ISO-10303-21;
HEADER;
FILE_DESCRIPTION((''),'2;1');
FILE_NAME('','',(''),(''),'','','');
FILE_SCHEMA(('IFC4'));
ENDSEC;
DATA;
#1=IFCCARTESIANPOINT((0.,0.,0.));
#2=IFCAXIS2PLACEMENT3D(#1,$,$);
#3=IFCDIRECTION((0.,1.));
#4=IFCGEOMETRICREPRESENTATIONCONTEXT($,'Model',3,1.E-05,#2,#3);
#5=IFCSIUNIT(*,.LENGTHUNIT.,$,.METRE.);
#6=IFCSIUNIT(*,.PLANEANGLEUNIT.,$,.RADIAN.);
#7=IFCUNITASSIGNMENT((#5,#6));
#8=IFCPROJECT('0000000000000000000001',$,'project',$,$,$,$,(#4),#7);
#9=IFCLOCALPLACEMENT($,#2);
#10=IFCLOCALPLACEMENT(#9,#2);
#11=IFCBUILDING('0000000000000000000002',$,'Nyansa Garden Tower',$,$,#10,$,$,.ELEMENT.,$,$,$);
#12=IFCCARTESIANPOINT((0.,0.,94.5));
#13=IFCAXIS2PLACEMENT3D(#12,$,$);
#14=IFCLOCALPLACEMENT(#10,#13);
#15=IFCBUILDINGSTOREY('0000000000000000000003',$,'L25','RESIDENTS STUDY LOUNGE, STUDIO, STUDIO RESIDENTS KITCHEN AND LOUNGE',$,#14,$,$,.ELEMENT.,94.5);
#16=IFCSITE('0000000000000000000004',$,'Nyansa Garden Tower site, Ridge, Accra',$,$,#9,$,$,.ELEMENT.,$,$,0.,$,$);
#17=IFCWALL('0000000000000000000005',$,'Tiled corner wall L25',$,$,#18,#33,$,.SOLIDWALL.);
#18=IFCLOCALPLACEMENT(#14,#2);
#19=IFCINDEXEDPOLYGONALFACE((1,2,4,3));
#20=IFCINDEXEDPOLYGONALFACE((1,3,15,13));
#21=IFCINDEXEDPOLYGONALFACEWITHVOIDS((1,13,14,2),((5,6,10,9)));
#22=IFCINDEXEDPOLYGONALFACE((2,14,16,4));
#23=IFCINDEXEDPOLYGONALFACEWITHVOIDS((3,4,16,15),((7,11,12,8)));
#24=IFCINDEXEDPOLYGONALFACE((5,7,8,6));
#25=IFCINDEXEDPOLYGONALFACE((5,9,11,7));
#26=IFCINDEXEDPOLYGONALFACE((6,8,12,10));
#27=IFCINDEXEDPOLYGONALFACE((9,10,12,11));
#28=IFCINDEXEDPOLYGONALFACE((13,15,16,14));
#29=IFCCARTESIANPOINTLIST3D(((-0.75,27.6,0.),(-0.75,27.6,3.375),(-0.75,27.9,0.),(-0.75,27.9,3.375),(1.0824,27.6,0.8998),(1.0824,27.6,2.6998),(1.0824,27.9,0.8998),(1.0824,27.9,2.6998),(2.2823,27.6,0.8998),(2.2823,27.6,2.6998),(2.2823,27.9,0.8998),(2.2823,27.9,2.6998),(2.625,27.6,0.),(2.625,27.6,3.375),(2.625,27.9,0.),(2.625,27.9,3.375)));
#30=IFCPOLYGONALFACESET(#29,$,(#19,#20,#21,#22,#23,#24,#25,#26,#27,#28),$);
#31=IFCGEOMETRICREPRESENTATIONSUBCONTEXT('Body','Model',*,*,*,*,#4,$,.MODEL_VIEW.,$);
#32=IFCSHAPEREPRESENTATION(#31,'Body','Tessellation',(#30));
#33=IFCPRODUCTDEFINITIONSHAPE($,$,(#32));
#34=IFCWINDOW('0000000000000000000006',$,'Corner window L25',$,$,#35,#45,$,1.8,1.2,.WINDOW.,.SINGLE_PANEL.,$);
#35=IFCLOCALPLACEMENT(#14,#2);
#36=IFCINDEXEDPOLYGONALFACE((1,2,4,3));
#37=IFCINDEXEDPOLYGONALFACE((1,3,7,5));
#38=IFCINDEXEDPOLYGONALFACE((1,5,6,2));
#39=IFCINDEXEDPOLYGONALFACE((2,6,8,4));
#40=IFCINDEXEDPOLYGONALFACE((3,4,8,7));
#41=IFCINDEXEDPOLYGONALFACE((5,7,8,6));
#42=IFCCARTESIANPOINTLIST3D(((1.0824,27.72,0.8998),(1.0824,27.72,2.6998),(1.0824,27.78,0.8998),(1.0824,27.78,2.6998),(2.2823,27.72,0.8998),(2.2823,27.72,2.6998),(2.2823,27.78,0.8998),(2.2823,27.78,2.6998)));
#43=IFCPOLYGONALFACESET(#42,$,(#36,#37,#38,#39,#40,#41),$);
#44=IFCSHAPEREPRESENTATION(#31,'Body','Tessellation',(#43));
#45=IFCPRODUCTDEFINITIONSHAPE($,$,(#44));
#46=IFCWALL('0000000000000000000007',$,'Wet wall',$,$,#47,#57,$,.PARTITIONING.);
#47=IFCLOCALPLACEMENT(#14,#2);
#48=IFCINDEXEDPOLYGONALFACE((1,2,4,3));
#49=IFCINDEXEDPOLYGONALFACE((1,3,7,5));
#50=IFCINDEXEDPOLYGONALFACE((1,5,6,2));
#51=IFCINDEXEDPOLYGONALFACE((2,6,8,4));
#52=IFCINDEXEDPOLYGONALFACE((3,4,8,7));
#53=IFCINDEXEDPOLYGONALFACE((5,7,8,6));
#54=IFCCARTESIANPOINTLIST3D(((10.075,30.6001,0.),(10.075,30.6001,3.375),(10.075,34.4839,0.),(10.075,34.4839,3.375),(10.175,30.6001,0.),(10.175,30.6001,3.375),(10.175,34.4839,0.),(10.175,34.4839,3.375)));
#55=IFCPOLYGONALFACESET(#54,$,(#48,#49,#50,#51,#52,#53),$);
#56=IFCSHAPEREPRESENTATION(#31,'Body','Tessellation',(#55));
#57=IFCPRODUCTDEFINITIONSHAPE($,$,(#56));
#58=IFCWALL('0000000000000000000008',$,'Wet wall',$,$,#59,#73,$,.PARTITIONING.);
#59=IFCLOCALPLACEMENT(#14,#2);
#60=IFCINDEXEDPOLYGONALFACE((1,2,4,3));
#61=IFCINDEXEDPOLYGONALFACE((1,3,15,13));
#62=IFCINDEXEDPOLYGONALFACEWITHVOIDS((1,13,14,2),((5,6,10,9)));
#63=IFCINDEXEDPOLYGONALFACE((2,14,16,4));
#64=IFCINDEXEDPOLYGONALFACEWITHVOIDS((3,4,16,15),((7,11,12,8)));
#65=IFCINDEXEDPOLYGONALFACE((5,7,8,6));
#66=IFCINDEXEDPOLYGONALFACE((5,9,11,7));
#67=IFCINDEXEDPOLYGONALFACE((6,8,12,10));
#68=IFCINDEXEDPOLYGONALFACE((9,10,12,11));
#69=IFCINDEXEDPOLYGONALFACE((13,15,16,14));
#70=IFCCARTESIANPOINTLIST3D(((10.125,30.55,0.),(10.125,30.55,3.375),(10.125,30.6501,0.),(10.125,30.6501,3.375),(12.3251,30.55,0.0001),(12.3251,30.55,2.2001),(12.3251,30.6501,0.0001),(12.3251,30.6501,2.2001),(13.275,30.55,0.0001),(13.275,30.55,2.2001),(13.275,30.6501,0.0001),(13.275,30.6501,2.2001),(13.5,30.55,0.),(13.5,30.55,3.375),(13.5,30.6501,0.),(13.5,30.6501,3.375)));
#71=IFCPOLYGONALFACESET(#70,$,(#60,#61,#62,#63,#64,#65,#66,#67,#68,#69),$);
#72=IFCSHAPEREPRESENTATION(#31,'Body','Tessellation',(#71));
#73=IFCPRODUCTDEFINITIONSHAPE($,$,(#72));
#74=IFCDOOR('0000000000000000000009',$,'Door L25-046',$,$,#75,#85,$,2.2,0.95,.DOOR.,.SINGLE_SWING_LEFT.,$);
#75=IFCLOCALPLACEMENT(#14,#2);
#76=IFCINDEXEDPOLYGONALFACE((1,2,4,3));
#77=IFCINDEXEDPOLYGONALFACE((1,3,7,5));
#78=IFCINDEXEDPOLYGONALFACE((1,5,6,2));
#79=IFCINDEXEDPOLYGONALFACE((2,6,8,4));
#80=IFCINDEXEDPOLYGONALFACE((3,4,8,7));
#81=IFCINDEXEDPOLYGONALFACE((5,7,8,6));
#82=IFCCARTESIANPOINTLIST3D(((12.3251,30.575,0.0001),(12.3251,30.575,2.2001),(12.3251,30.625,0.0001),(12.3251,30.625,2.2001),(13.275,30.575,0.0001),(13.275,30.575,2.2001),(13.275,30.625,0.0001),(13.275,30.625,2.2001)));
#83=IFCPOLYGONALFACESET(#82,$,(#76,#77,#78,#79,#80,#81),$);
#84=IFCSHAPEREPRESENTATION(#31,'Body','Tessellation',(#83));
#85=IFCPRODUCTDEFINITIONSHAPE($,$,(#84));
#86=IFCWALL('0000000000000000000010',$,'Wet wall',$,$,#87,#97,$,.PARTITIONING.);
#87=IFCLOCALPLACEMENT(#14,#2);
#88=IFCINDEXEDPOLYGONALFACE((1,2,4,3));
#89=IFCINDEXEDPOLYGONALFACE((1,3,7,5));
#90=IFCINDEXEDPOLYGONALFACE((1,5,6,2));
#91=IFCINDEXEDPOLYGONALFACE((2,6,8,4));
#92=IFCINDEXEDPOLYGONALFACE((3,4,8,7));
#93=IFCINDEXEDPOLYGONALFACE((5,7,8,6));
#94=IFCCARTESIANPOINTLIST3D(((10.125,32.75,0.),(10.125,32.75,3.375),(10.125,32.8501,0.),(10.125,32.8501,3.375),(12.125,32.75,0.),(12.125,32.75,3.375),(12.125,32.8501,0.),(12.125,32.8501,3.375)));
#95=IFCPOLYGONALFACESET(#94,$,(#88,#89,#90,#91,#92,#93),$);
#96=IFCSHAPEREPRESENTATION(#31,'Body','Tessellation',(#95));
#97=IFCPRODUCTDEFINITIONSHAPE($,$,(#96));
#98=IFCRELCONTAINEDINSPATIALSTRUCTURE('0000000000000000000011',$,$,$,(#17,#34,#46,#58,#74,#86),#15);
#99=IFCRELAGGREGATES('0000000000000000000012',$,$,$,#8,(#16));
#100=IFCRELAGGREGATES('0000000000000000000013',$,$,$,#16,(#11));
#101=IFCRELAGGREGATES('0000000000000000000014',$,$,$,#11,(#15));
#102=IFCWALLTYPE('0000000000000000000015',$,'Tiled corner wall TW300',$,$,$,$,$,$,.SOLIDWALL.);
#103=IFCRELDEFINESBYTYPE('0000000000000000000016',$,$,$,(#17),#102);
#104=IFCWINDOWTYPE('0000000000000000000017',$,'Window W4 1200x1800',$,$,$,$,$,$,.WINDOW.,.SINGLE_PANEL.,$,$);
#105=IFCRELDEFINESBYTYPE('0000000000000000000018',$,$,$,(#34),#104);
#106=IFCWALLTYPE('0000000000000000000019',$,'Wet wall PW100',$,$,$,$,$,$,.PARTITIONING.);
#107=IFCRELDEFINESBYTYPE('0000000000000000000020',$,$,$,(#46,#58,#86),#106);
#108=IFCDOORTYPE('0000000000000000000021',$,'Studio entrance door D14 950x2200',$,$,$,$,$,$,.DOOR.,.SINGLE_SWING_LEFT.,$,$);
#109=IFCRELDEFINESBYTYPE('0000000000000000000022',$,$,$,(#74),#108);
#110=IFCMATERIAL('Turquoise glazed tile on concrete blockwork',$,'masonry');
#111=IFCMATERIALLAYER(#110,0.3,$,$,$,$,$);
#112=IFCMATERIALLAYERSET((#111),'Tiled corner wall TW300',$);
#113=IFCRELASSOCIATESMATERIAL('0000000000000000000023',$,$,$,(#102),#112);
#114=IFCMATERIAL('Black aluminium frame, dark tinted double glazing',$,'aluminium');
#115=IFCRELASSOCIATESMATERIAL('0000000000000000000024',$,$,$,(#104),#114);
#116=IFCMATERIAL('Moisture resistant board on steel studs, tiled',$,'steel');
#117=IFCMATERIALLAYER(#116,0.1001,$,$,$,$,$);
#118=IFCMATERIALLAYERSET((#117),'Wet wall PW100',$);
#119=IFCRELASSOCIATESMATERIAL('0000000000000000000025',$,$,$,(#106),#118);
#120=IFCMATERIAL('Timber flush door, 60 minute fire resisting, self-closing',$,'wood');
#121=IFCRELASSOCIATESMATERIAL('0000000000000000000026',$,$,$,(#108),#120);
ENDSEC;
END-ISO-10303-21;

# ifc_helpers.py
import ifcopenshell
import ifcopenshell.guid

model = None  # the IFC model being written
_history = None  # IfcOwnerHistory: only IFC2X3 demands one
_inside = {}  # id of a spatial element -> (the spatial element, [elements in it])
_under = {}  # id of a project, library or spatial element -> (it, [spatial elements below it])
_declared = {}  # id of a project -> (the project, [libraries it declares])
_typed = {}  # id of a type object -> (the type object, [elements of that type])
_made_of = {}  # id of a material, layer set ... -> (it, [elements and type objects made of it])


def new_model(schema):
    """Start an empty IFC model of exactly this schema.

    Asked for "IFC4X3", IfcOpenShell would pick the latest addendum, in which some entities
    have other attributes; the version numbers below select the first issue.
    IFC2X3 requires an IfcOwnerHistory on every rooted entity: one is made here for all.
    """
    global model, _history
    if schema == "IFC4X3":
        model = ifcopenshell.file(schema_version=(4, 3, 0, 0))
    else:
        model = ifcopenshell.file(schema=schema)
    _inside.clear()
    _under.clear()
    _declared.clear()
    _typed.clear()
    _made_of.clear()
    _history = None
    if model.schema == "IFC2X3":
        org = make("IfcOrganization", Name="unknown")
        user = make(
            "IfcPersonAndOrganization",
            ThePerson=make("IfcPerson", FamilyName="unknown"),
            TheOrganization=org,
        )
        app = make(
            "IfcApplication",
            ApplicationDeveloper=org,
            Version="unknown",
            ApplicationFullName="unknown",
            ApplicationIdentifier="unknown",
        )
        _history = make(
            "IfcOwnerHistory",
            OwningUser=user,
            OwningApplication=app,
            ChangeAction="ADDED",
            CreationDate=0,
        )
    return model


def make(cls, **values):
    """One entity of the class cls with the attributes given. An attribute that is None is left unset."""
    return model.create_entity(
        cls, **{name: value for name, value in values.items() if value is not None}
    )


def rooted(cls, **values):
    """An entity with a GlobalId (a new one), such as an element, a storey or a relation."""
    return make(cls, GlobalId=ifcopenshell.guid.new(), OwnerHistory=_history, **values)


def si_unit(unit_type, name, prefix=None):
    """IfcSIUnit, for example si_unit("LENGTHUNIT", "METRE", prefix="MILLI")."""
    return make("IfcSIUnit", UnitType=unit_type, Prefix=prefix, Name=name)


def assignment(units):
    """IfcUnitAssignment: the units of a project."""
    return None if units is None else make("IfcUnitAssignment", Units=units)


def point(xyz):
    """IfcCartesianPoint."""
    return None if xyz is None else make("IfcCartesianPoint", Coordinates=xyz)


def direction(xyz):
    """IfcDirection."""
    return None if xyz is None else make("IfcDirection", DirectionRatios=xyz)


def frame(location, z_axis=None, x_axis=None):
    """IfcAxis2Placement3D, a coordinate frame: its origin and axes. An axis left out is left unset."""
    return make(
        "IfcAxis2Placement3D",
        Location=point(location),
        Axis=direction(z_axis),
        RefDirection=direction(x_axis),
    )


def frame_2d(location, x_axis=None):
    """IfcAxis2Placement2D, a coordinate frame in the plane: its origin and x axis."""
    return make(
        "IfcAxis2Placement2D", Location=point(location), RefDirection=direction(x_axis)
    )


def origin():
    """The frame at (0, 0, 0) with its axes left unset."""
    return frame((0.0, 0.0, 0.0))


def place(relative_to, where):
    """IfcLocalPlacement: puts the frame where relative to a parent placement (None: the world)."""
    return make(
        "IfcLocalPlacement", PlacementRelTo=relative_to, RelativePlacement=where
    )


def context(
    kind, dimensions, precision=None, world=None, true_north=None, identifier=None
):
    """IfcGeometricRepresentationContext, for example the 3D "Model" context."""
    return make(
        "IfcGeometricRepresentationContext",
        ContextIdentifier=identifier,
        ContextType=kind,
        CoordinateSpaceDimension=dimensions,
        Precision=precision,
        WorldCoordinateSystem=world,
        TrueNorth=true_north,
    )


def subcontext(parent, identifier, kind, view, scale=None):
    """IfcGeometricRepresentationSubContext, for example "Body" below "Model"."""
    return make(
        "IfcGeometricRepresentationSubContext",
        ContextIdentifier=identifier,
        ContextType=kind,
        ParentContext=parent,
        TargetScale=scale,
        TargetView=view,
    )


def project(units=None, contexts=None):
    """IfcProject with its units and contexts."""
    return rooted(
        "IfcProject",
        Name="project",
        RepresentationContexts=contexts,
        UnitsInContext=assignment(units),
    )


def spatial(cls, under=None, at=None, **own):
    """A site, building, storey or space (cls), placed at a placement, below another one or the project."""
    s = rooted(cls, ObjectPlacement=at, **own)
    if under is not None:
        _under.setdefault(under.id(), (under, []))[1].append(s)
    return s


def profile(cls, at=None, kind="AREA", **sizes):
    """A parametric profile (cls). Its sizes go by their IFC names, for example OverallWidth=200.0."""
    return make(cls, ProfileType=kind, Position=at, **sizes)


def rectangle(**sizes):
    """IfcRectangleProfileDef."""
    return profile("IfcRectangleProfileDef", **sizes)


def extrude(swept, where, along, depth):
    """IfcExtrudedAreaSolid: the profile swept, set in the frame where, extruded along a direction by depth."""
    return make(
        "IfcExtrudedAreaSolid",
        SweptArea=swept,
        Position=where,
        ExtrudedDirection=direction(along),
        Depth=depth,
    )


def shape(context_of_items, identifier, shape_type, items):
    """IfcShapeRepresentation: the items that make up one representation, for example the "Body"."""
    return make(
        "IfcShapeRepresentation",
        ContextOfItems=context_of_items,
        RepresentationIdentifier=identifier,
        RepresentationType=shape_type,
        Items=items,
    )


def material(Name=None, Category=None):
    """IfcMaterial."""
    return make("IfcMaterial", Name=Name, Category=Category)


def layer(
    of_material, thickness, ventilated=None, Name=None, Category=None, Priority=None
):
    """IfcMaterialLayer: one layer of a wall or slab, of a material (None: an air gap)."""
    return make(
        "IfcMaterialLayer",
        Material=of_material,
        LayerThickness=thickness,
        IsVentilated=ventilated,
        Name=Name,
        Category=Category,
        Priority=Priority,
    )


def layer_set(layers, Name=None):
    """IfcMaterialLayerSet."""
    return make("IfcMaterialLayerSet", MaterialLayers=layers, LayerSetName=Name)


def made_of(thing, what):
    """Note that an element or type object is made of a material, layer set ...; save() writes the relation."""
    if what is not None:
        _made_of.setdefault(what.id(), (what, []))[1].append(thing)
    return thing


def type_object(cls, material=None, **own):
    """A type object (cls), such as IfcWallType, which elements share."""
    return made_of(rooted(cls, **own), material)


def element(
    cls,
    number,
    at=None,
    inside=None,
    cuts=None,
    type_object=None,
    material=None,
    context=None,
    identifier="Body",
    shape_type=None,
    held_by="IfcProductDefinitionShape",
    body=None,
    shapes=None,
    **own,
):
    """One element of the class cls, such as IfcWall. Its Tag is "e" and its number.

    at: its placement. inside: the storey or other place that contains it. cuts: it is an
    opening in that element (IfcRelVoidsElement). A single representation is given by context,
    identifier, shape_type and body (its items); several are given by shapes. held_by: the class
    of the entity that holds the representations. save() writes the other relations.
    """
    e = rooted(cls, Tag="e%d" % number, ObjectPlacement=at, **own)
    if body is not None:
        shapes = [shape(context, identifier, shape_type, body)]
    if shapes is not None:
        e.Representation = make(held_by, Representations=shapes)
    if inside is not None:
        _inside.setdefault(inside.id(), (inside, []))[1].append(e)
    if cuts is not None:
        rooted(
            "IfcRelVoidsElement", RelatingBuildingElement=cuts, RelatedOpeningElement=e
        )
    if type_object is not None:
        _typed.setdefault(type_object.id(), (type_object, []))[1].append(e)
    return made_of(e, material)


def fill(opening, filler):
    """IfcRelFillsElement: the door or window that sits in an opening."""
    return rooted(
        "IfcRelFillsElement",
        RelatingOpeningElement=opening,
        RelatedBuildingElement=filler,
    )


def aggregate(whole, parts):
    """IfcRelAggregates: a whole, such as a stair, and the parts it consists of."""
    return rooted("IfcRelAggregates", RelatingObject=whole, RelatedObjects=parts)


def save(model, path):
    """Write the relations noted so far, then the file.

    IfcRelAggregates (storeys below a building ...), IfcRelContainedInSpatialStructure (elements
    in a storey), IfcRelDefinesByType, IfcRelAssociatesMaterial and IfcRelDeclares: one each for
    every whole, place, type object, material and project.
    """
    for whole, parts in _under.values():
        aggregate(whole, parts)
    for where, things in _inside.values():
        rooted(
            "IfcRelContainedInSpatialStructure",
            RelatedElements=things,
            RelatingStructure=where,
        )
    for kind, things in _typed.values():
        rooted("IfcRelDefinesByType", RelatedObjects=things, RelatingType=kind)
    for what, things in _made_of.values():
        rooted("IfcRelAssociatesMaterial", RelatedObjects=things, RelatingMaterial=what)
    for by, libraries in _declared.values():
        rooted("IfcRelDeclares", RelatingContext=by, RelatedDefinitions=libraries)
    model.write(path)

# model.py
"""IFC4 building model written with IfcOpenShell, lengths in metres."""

from ifc_helpers import new_model, si_unit, direction, frame, frame_2d, origin, place, context, subcontext, project, spatial, rectangle, extrude, material, layer, layer_set, type_object, element, fill, save


model = new_model("IFC4")

# Units and contexts
model_context = context("Model", 3, precision=1e-05, world=origin(), true_north=direction((0.0, 1.0)))
body_context = subcontext(model_context, "Body", "Model", "MODEL_VIEW")
ifc_project = project(units=[si_unit("LENGTHUNIT", "METRE"), si_unit("PLANEANGLEUNIT", "RADIAN")], contexts=[model_context])

# Site, building, storey
site_placement = place(None, origin())
site = spatial("IfcSite", under=ifc_project, at=site_placement, Name="Nyansa Garden Tower site, Ridge, Accra", CompositionType="ELEMENT", RefElevation=0.0)
building_placement = place(site_placement, origin())
building = spatial("IfcBuilding", under=site, at=building_placement, Name="Nyansa Garden Tower", CompositionType="ELEMENT")
storey_placement = place(building_placement, frame((0.0, 0.0, 94.5)))
storey = spatial("IfcBuildingStorey", under=building, at=storey_placement, Name="L25", Description="RESIDENTS STUDY LOUNGE, STUDIO, STUDIO RESIDENTS KITCHEN AND LOUNGE", CompositionType="ELEMENT", Elevation=94.5)

# Wall, opening, window
ifc_material_1 = material(Name="Turquoise glazed tile on concrete blockwork", Category="masonry")
ifc_layer_1 = layer(ifc_material_1, 0.3)
ifc_layer_set_1 = layer_set([ifc_layer_1], Name="Tiled corner wall TW300")
wall_type_1 = type_object("IfcWallType", Name="Tiled corner wall TW300", PredefinedType="SOLIDWALL", material=ifc_layer_set_1)
ifc_material_2 = material(Name="Black aluminium frame, dark tinted double glazing", Category="aluminium")
window_type_1 = type_object("IfcWindowType", Name="Window W4 1200x1800", PartitioningType="SINGLE_PANEL", PredefinedType="WINDOW", material=ifc_material_2)
wall_1_placement = place(storey_placement, frame((2.625, 27.75, 0.0), z_axis=(0.0, 0.0, 1.0), x_axis=(-1.0, 0.0, 0.0)))
wall_1 = element("IfcWall", 1, at=wall_1_placement, inside=storey, type_object=wall_type_1, Name="Tiled corner wall L25", PredefinedType="SOLIDWALL", context=body_context, shape_type="SweptSolid", body=[
    extrude(rectangle(XDim=3.375, YDim=0.3, at=frame_2d((1.6875, 0.0))), origin(), (0.0, 0.0, 1.0), 3.375),
])
opening_1_placement = place(wall_1_placement, frame((0.3425, 0.0, 0.8999)))
opening_1 = element("IfcOpeningElement", 2, at=opening_1_placement, cuts=wall_1, PredefinedType="OPENING", context=body_context, shape_type="SweptSolid", body=[
    extrude(rectangle(XDim=1.2, YDim=1.8, at=frame_2d((0.6001, 0.8999))), frame((0.0, 0.1599, 0.0), z_axis=(0.0, -1.0, 0.0), x_axis=(1.0, 0.0, 0.0)), (0.0, 0.0, 1.0), 0.3201),
])
window_1_placement = place(opening_1_placement, origin())
window_1 = element("IfcWindow", 3, at=window_1_placement, inside=storey, type_object=window_type_1, Name="Corner window L25", OverallHeight=1.8, OverallWidth=1.2, PartitioningType="SINGLE_PANEL", PredefinedType="WINDOW", context=body_context, shape_type="SweptSolid", body=[
    extrude(rectangle(XDim=1.2, YDim=1.8, at=frame_2d((0.6001, 0.8999))), frame((0.0, 0.03, 0.0), z_axis=(0.0, -1.0, 0.0), x_axis=(1.0, 0.0, 0.0)), (0.0, 0.0, 1.0), 0.0601),
])
fill(opening_1, window_1)

# Wall
ifc_material_3 = material(Name="Moisture resistant board on steel studs, tiled", Category="steel")
ifc_layer_2 = layer(ifc_material_3, 0.1001)
ifc_layer_set_2 = layer_set([ifc_layer_2], Name="Wet wall PW100")
wall_type_2 = type_object("IfcWallType", Name="Wet wall PW100", PredefinedType="PARTITIONING", material=ifc_layer_set_2)
wall_2_placement = place(storey_placement, frame((10.125, 30.6001, 0.0), z_axis=(0.0, 0.0, 1.0), x_axis=(0.0, 1.0, 0.0)))
element("IfcWall", 4, at=wall_2_placement, inside=storey, type_object=wall_type_2, Name="Wet wall", PredefinedType="PARTITIONING", context=body_context, shape_type="SweptSolid", body=[
    extrude(rectangle(XDim=3.8838, YDim=0.1001, at=frame_2d((1.9419, 0.0))), origin(), (0.0, 0.0, 1.0), 3.375),
])

# Wall, opening, door
wall_3_placement = place(storey_placement, frame((10.125, 30.6001, 0.0), z_axis=(0.0, 0.0, 1.0), x_axis=(1.0, 0.0, 0.0)))
wall_3 = element("IfcWall", 5, at=wall_3_placement, inside=storey, type_object=wall_type_2, Name="Wet wall", PredefinedType="PARTITIONING", context=body_context, shape_type="SweptSolid", body=[
    extrude(rectangle(XDim=3.375, YDim=0.1001, at=frame_2d((1.6875, 0.0))), origin(), (0.0, 0.0, 1.0), 3.375),
])
opening_2_placement = place(wall_3_placement, frame((2.2, 0.0, 0.0)))
opening_2 = element("IfcOpeningElement", 6, at=opening_2_placement, cuts=wall_3, PredefinedType="OPENING", context=body_context, shape_type="SweptSolid", body=[
    extrude(rectangle(XDim=0.95, YDim=2.2, at=frame_2d((0.4751, 1.1001))), frame((0.0, 0.0601, 0.0), z_axis=(0.0, -1.0, 0.0), x_axis=(1.0, 0.0, 0.0)), (0.0, 0.0, 1.0), 0.1201),
])
ifc_material_4 = material(Name="Timber flush door, 60 minute fire resisting, self-closing", Category="wood")
door_type_1 = type_object("IfcDoorType", Name="Studio entrance door D14 950x2200", OperationType="SINGLE_SWING_LEFT", PredefinedType="DOOR", material=ifc_material_4)
door_1_placement = place(opening_2_placement, origin())
door_1 = element("IfcDoor", 7, at=door_1_placement, inside=storey, type_object=door_type_1, Name="Door L25-046", OperationType="SINGLE_SWING_LEFT", OverallHeight=2.2, OverallWidth=0.95, PredefinedType="DOOR", context=body_context, shape_type="SweptSolid", body=[
    extrude(rectangle(XDim=0.95, YDim=2.2, at=frame_2d((0.4751, 1.1001))), frame((0.0, 0.0249, 0.0), z_axis=(0.0, -1.0, 0.0), x_axis=(1.0, 0.0, 0.0)), (0.0, 0.0, 1.0), 0.05),
])
fill(opening_2, door_1)

# Wall
wall_4_placement = place(storey_placement, frame((10.125, 32.8, 0.0), z_axis=(0.0, 0.0, 1.0), x_axis=(1.0, 0.0, 0.0)))
element("IfcWall", 8, at=wall_4_placement, inside=storey, type_object=wall_type_2, Name="Wet wall", PredefinedType="PARTITIONING", context=body_context, shape_type="SweptSolid", body=[
    extrude(rectangle(XDim=2.0, YDim=0.1001, at=frame_2d((1.0, 0.0))), origin(), (0.0, 0.0, 1.0), 3.375),
])

save(model, "model.ifc")
